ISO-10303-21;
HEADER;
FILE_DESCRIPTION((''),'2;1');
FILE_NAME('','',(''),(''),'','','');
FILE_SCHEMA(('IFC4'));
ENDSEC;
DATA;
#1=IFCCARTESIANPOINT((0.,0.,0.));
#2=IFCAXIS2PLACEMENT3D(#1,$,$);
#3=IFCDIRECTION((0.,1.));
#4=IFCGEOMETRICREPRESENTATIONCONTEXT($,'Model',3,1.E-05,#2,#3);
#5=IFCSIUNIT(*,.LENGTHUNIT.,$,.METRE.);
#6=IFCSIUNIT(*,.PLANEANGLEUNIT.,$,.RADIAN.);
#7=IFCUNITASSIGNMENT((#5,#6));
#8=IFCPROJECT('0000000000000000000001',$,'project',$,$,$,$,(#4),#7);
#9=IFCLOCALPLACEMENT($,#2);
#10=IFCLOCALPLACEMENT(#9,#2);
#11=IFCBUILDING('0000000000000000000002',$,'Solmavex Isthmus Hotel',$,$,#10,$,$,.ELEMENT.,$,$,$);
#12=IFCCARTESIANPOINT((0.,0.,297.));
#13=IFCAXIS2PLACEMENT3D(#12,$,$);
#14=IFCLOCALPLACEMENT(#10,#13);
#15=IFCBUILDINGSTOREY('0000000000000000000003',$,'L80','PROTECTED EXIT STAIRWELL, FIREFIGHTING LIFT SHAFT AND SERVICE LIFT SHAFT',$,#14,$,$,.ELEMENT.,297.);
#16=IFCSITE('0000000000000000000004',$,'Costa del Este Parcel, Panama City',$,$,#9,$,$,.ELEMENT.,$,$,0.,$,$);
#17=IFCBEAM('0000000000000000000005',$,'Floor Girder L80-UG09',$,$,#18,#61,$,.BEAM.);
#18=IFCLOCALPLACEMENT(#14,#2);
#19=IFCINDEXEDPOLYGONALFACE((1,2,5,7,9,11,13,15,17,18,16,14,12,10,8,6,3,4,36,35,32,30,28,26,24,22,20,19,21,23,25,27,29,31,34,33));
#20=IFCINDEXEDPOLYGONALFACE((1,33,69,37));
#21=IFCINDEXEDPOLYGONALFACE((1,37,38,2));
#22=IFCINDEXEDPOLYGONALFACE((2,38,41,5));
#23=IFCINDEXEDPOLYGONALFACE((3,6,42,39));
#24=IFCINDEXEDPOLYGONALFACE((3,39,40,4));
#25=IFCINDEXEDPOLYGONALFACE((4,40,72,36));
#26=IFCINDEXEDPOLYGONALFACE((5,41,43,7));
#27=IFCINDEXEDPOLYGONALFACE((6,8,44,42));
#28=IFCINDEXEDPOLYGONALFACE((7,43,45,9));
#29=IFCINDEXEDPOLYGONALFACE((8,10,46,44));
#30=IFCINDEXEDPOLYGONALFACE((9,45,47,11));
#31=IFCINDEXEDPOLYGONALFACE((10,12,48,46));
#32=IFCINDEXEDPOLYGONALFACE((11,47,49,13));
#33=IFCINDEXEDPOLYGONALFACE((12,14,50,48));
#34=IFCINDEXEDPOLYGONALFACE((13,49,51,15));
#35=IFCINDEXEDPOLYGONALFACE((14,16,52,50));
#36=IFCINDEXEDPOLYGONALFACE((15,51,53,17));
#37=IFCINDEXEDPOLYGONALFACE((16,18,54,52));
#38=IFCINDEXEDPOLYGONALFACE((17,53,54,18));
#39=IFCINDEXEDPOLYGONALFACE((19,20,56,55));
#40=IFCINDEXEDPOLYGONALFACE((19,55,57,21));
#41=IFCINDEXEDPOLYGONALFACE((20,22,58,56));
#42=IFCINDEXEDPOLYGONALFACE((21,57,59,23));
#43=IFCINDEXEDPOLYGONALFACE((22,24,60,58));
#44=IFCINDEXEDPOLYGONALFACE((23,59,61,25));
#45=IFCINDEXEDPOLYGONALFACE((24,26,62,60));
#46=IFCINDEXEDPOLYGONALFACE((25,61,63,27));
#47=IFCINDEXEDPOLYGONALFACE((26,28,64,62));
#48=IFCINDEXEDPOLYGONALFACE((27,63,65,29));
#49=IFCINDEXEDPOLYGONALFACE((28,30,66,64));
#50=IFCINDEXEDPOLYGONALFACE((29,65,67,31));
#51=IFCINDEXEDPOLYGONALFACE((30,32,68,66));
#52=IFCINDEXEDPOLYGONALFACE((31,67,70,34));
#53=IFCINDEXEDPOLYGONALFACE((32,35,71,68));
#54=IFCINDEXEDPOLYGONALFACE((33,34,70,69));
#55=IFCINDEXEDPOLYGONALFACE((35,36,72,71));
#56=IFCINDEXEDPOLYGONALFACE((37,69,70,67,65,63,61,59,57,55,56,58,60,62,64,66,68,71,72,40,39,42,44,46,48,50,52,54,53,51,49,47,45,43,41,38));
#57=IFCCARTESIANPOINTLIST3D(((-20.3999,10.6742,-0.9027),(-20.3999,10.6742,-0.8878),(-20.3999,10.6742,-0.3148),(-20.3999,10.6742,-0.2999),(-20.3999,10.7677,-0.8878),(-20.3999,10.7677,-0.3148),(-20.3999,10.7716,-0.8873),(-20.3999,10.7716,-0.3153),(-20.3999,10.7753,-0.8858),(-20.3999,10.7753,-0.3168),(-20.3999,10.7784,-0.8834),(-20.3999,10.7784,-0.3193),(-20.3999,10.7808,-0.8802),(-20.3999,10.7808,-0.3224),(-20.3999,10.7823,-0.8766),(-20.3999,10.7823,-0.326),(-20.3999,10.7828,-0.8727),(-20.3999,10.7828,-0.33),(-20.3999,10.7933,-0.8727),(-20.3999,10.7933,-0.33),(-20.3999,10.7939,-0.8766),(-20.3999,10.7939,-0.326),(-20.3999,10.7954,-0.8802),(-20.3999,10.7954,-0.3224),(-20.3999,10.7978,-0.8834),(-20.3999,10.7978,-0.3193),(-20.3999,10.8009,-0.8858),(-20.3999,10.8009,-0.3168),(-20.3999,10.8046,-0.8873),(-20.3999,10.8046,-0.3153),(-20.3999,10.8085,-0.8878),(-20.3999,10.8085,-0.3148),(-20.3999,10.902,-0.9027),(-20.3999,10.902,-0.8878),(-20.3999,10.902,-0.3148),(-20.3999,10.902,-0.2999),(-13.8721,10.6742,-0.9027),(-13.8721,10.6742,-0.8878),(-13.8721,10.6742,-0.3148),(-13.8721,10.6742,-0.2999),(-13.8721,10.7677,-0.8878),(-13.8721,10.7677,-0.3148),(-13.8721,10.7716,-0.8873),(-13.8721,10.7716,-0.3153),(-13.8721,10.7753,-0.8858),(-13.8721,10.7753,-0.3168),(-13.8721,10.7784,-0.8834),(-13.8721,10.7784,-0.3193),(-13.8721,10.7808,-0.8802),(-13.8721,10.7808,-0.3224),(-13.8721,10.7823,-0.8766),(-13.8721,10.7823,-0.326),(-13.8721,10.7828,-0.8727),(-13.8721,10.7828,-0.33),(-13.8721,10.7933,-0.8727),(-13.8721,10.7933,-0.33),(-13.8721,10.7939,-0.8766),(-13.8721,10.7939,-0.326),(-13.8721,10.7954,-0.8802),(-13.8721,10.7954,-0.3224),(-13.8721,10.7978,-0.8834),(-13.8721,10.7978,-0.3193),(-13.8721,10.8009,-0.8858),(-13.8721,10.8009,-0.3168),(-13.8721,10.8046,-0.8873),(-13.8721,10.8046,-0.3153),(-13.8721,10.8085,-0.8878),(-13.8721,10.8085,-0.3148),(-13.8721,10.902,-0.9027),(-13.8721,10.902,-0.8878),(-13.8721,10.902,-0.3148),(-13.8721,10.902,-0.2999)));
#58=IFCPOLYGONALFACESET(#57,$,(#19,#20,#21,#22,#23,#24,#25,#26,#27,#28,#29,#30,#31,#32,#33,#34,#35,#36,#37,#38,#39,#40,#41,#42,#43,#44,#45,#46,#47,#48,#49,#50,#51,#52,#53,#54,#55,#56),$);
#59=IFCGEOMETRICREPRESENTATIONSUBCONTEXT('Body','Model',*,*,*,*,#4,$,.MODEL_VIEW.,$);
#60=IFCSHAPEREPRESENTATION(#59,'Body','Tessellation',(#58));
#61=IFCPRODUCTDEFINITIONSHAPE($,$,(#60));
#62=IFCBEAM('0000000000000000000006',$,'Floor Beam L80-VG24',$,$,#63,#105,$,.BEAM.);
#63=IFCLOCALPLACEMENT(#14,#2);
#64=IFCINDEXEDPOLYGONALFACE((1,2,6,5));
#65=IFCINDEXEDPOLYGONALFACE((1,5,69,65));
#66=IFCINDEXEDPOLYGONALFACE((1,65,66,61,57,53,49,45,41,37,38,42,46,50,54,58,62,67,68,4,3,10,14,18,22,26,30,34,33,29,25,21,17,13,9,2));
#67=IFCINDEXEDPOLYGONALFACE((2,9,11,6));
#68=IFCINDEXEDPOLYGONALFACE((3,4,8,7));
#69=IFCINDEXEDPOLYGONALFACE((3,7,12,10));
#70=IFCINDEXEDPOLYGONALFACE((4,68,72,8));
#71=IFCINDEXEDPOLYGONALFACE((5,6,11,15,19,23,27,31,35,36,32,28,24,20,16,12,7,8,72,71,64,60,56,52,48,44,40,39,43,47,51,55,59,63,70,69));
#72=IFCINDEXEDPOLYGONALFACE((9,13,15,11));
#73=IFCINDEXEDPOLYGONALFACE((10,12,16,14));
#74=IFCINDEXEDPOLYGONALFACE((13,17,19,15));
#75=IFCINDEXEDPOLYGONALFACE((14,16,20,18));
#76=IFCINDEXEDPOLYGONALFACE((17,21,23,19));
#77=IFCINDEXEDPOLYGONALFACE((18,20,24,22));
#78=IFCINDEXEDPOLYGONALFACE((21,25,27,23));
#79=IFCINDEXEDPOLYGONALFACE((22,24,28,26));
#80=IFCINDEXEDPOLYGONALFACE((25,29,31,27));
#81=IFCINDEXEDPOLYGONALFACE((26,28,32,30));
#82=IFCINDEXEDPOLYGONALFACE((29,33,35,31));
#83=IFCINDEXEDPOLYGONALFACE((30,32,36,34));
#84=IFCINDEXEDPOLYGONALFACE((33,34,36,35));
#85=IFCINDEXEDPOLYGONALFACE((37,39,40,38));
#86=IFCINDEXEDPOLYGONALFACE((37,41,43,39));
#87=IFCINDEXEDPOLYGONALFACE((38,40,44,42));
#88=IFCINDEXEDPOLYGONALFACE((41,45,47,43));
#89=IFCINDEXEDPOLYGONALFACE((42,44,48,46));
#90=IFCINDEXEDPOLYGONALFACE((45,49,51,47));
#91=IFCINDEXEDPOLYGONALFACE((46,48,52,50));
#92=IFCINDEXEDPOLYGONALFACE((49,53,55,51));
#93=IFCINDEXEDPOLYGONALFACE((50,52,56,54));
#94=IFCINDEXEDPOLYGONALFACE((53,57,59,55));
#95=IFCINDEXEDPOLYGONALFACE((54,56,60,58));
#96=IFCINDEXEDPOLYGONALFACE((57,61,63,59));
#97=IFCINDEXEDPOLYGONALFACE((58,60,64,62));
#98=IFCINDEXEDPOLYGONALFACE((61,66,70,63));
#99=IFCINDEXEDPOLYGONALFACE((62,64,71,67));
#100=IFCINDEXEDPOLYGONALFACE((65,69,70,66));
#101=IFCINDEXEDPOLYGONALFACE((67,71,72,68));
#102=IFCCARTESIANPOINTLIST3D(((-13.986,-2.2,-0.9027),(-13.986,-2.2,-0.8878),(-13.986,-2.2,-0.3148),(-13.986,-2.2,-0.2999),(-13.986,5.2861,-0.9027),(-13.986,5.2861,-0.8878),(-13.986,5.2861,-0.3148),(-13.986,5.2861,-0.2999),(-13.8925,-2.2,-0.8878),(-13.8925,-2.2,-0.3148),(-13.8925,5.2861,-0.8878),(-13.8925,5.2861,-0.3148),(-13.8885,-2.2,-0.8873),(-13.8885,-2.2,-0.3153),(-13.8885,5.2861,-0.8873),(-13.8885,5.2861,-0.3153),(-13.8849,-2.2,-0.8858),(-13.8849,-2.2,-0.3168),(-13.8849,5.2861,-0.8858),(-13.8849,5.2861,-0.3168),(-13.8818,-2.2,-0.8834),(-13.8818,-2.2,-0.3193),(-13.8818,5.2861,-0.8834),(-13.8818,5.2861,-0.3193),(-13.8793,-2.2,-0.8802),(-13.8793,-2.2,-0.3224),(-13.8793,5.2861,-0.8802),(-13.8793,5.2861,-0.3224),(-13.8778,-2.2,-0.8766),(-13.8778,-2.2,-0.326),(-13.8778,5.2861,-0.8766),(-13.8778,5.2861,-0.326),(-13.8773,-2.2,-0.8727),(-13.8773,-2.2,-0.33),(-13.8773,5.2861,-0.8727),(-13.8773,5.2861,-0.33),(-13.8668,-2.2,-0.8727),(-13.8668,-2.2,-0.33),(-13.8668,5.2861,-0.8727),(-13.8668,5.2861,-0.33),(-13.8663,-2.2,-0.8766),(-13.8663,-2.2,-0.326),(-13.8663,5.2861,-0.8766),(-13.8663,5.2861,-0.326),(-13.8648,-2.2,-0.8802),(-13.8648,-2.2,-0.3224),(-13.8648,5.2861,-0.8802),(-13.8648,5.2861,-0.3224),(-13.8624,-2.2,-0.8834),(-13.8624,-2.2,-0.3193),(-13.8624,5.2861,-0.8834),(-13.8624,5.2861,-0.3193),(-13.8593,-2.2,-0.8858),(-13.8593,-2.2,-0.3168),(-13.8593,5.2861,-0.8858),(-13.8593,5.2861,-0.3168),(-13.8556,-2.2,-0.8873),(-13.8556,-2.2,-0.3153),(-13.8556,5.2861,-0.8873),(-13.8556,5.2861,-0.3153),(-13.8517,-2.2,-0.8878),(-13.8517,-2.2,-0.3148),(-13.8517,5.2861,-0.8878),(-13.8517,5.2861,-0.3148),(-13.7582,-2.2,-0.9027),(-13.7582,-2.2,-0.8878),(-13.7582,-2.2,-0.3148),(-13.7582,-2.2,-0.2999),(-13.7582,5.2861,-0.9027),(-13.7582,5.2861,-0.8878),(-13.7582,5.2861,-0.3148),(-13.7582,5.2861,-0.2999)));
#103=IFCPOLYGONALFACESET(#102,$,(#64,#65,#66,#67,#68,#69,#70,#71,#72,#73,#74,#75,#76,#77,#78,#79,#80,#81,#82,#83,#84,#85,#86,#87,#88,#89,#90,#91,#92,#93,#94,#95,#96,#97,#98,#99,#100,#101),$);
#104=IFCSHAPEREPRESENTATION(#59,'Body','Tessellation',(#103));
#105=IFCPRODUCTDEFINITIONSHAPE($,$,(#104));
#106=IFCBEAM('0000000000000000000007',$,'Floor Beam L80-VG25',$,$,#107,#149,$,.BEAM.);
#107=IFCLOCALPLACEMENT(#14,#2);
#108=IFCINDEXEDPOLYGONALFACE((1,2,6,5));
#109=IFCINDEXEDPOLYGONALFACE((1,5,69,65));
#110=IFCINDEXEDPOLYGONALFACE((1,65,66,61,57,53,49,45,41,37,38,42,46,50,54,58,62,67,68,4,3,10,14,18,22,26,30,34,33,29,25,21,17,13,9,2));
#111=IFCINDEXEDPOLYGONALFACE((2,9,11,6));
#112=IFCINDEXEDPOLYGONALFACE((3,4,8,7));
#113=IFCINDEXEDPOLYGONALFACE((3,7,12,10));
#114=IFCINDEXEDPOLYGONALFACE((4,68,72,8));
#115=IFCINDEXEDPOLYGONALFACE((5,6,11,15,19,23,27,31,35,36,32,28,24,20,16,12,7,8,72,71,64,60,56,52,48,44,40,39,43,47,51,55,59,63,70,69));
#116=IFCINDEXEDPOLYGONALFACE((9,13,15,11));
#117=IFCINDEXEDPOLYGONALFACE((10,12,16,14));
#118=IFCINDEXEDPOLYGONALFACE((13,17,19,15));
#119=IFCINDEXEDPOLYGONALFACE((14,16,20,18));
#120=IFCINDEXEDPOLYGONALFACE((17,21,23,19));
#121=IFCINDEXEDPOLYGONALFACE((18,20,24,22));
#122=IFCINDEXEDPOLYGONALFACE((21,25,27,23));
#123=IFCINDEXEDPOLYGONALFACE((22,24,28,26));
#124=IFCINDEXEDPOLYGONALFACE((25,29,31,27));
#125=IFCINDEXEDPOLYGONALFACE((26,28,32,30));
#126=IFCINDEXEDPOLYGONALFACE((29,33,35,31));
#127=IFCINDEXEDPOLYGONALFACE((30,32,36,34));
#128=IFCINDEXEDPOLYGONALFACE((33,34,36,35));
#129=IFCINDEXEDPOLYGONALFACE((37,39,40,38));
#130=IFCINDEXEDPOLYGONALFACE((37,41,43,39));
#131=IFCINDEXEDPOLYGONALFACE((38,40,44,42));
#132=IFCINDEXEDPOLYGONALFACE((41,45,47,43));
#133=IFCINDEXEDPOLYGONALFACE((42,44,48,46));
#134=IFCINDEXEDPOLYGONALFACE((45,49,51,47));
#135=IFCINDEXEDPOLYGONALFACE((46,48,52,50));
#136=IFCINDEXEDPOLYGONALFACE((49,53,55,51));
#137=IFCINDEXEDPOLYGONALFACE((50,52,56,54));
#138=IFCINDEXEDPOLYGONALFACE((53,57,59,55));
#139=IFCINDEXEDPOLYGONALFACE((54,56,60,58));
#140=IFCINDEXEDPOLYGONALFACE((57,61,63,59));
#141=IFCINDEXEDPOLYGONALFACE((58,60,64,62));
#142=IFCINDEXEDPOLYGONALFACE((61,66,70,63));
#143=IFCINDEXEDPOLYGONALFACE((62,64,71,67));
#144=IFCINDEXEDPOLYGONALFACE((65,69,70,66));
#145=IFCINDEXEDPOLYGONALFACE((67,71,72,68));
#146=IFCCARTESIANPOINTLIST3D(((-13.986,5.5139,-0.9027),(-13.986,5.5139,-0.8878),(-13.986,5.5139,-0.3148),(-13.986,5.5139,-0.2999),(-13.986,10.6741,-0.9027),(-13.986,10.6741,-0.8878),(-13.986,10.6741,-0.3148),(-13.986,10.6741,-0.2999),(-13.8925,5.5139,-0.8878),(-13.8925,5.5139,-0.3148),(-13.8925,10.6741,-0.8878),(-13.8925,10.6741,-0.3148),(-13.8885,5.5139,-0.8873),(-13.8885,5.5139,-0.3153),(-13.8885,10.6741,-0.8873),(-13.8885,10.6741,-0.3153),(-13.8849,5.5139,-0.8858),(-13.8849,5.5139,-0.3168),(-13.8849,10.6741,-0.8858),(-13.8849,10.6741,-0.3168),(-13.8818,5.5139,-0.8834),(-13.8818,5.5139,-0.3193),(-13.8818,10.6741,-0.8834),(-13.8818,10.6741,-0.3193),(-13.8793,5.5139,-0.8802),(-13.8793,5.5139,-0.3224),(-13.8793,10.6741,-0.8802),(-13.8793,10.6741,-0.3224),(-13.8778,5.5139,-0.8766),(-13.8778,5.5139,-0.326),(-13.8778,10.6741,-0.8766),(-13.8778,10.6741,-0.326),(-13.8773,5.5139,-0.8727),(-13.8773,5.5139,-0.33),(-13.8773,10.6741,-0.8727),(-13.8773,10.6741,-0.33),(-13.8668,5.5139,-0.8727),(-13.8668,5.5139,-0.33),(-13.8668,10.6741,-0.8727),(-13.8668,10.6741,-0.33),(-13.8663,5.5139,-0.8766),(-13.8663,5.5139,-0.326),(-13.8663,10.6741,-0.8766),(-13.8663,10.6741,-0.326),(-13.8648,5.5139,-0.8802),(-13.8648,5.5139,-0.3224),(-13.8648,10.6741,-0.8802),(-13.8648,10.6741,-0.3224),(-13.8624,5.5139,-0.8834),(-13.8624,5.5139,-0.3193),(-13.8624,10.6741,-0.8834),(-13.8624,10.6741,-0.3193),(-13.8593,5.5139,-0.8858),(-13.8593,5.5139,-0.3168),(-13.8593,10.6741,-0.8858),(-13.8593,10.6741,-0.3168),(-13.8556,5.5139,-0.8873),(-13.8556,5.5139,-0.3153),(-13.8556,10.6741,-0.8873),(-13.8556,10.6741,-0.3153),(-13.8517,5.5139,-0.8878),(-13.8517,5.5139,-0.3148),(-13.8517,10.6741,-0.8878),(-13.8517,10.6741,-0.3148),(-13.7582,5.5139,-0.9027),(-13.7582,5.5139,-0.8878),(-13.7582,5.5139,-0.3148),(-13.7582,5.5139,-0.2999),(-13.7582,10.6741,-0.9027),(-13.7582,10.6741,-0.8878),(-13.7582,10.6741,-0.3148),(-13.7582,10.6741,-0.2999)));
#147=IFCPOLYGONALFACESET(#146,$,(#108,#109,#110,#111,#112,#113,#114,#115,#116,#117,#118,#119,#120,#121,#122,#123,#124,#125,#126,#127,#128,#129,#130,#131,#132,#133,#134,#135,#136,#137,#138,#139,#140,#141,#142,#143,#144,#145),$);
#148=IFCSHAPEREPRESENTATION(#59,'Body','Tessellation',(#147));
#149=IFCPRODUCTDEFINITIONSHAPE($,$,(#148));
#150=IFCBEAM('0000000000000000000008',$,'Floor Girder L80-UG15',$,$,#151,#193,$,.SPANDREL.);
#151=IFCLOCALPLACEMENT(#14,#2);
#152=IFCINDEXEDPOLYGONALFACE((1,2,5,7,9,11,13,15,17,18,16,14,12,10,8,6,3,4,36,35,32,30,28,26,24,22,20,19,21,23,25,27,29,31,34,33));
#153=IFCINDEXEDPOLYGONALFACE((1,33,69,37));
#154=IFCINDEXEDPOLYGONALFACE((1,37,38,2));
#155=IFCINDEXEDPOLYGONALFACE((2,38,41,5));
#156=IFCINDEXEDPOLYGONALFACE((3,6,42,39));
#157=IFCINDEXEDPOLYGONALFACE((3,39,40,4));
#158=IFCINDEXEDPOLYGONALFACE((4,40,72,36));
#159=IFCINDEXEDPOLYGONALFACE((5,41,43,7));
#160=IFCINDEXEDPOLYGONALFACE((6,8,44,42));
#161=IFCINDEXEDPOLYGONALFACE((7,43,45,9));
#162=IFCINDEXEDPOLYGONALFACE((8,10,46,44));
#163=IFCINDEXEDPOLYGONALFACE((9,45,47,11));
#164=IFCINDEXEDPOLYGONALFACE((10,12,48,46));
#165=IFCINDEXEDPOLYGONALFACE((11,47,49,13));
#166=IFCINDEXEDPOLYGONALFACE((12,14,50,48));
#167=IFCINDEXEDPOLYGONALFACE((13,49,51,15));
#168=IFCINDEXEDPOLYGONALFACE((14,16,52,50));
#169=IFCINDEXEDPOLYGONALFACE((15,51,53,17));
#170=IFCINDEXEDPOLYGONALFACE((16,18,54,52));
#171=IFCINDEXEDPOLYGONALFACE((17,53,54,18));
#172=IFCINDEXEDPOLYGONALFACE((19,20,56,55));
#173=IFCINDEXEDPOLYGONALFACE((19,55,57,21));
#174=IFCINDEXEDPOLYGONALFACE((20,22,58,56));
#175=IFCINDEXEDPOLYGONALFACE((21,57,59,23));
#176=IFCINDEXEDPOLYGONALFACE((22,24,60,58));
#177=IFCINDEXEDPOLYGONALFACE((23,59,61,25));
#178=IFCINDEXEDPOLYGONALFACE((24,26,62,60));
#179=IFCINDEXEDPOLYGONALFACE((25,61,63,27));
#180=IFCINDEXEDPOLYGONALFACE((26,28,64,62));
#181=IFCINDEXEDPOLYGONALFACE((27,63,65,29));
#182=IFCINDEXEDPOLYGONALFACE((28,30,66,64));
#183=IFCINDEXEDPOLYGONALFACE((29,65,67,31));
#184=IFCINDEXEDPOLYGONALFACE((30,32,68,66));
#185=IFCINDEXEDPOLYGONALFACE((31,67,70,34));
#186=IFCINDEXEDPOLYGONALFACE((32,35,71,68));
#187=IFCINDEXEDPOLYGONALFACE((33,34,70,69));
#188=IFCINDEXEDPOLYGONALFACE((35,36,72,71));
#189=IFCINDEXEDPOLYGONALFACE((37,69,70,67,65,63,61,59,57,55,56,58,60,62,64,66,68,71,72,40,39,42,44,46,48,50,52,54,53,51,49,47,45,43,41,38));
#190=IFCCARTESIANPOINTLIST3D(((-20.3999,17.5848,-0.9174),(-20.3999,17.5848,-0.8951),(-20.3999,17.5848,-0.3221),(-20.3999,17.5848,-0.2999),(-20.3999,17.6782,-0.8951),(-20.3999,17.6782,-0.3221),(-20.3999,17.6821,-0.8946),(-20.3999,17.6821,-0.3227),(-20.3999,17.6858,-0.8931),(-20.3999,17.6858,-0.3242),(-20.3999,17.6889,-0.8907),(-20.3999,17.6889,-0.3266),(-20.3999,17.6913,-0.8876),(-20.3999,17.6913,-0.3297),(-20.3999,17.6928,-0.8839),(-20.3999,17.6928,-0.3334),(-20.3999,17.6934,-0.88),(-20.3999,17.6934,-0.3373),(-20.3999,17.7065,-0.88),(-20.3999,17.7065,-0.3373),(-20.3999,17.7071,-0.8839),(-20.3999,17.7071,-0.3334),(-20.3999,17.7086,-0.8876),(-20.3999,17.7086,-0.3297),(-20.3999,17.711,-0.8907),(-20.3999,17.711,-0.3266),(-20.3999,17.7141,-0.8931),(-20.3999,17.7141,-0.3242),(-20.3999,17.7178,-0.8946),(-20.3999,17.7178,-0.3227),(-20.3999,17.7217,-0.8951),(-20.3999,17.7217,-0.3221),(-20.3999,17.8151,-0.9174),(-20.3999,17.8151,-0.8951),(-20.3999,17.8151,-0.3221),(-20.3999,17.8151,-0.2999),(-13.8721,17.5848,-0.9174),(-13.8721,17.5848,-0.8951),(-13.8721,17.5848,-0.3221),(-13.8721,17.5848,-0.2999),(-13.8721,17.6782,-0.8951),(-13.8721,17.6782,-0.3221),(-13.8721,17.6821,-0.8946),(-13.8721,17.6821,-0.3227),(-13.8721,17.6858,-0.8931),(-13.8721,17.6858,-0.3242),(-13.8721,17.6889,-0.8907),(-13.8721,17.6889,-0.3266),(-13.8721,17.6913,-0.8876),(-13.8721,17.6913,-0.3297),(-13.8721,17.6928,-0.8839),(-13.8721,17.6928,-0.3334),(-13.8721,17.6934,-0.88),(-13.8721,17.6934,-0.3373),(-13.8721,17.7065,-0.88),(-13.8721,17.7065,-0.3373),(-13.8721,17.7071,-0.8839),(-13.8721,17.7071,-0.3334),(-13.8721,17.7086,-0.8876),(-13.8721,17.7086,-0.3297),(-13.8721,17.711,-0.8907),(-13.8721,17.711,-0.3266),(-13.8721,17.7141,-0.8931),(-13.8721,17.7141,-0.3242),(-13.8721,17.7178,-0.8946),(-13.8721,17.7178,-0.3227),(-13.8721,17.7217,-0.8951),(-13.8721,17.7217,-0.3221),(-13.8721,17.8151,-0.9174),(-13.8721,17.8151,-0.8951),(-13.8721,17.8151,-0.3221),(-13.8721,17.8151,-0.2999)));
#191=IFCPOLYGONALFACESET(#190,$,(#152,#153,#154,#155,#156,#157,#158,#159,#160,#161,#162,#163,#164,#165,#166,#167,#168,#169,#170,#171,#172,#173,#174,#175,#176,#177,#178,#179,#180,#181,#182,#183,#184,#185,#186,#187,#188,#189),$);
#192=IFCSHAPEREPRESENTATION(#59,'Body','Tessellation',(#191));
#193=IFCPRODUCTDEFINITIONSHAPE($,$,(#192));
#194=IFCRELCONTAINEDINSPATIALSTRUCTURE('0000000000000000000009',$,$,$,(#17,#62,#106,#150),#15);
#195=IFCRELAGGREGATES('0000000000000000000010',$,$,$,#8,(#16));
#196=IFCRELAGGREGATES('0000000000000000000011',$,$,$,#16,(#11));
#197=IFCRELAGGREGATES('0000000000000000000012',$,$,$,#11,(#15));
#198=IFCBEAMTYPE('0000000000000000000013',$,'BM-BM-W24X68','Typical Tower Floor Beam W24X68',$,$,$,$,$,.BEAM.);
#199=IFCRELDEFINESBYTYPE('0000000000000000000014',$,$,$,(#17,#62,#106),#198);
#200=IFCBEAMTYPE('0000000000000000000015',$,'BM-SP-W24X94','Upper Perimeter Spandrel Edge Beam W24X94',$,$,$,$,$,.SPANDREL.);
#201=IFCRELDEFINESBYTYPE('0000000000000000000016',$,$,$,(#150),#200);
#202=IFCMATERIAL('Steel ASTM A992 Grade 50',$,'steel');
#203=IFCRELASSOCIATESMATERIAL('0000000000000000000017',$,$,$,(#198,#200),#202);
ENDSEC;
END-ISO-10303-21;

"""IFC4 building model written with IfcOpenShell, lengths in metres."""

from ifc_helpers import new_model, si_unit, direction, frame, origin, origin_2d, place, context, subcontext, project, spatial, i_section, extrude, material, material_profile, profile_set, type_object, element, save


model = new_model("IFC4")

# Units and contexts
model_context = context("Model", 3, precision=1e-05, world=origin(), true_north=direction((0.0, 1.0)))
body_context = subcontext(model_context, "Body", "Model", "MODEL_VIEW")
ifc_project = project(units=[si_unit("LENGTHUNIT", "METRE"), si_unit("PLANEANGLEUNIT", "RADIAN")], contexts=[model_context])

# Site, building, storey
site_placement = place(None, origin())
site = spatial("IfcSite", under=ifc_project, at=site_placement, Name="Costa del Este Parcel, Panama City", CompositionType="ELEMENT", RefElevation=0.0)
building_placement = place(site_placement, origin())
building = spatial("IfcBuilding", under=site, at=building_placement, Name="Solmavex Isthmus Hotel", CompositionType="ELEMENT")
storey_placement = place(building_placement, frame((0.0, 0.0, 297.0)))
storey = spatial("IfcBuildingStorey", under=building, at=storey_placement, Name="L80", Description="PROTECTED EXIT STAIRWELL, FIREFIGHTING LIFT SHAFT AND SERVICE LIFT SHAFT", CompositionType="ELEMENT", Elevation=297.0)

# Beams
ifc_material_1 = material(Name="Steel ASTM A992 Grade 50", Category="steel")
ifc_material_profile_1 = material_profile(ifc_material_1, i_section(OverallWidth=0.2278, OverallDepth=0.6028, WebThickness=0.0105, FlangeThickness=0.0149, FilletRadius=0.0151, at=origin_2d()), Name="W24X68")
ifc_profile_set_1 = profile_set([ifc_material_profile_1], Name="Steel ASTM A992 Grade 50")
beam_type_1 = type_object("IfcBeamType", Name="BM-BM-W24X68", Description="Typical Tower Floor Beam W24X68", PredefinedType="BEAM", material=ifc_profile_set_1)
beam_1_placement = place(storey_placement, frame((-20.3999, 10.7881, -0.6013), z_axis=(1.0, 0.0, 0.0), x_axis=(0.0, 1.0, 0.0)))
element("IfcBeam", 1, at=beam_1_placement, inside=storey, type_object=beam_type_1, Name="Floor Girder L80-UG09", PredefinedType="BEAM", context=body_context, shape_type="SweptSolid", body=[
    extrude(i_section(OverallWidth=0.2278, OverallDepth=0.6028, WebThickness=0.0105, FlangeThickness=0.0149, FilletRadius=0.0151, at=origin_2d()), origin(), (0.0, 0.0, 1.0), 6.5278),
])
beam_2_placement = place(storey_placement, frame((-13.8721, -2.2, -0.6013), z_axis=(0.0, 1.0, 0.0), x_axis=(-1.0, 0.0, 0.0)))
element("IfcBeam", 2, at=beam_2_placement, inside=storey, type_object=beam_type_1, Name="Floor Beam L80-VG24", PredefinedType="BEAM", context=body_context, shape_type="SweptSolid", body=[
    extrude(i_section(OverallWidth=0.2278, OverallDepth=0.6028, WebThickness=0.0105, FlangeThickness=0.0149, FilletRadius=0.0151, at=origin_2d()), origin(), (0.0, 0.0, 1.0), 7.4861),
])
beam_3_placement = place(storey_placement, frame((-13.8721, 5.5139, -0.6013), z_axis=(0.0, 1.0, 0.0), x_axis=(-1.0, 0.0, 0.0)))
element("IfcBeam", 3, at=beam_3_placement, inside=storey, type_object=beam_type_1, Name="Floor Beam L80-VG25", PredefinedType="BEAM", context=body_context, shape_type="SweptSolid", body=[
    extrude(i_section(OverallWidth=0.2278, OverallDepth=0.6028, WebThickness=0.0105, FlangeThickness=0.0149, FilletRadius=0.0151, at=origin_2d()), origin(), (0.0, 0.0, 1.0), 5.1602),
])
ifc_material_profile_2 = material_profile(ifc_material_1, i_section(OverallWidth=0.2302, OverallDepth=0.6174, WebThickness=0.0132, FlangeThickness=0.0222, FilletRadius=0.0151, at=origin_2d()), Name="W24X94")
ifc_profile_set_2 = profile_set([ifc_material_profile_2], Name="Steel ASTM A992 Grade 50")
beam_type_2 = type_object("IfcBeamType", Name="BM-SP-W24X94", Description="Upper Perimeter Spandrel Edge Beam W24X94", PredefinedType="SPANDREL", material=ifc_profile_set_2)
beam_4_placement = place(storey_placement, frame((-20.3999, 17.7, -0.6086), z_axis=(1.0, 0.0, 0.0), x_axis=(0.0, 1.0, 0.0)))
element("IfcBeam", 4, at=beam_4_placement, inside=storey, type_object=beam_type_2, Name="Floor Girder L80-UG15", PredefinedType="SPANDREL", context=body_context, shape_type="SweptSolid", body=[
    extrude(i_section(OverallWidth=0.2302, OverallDepth=0.6174, WebThickness=0.0132, FlangeThickness=0.0222, FilletRadius=0.0151, at=origin_2d()), origin(), (0.0, 0.0, 1.0), 6.5278),
])

save(model, "model.ifc")
